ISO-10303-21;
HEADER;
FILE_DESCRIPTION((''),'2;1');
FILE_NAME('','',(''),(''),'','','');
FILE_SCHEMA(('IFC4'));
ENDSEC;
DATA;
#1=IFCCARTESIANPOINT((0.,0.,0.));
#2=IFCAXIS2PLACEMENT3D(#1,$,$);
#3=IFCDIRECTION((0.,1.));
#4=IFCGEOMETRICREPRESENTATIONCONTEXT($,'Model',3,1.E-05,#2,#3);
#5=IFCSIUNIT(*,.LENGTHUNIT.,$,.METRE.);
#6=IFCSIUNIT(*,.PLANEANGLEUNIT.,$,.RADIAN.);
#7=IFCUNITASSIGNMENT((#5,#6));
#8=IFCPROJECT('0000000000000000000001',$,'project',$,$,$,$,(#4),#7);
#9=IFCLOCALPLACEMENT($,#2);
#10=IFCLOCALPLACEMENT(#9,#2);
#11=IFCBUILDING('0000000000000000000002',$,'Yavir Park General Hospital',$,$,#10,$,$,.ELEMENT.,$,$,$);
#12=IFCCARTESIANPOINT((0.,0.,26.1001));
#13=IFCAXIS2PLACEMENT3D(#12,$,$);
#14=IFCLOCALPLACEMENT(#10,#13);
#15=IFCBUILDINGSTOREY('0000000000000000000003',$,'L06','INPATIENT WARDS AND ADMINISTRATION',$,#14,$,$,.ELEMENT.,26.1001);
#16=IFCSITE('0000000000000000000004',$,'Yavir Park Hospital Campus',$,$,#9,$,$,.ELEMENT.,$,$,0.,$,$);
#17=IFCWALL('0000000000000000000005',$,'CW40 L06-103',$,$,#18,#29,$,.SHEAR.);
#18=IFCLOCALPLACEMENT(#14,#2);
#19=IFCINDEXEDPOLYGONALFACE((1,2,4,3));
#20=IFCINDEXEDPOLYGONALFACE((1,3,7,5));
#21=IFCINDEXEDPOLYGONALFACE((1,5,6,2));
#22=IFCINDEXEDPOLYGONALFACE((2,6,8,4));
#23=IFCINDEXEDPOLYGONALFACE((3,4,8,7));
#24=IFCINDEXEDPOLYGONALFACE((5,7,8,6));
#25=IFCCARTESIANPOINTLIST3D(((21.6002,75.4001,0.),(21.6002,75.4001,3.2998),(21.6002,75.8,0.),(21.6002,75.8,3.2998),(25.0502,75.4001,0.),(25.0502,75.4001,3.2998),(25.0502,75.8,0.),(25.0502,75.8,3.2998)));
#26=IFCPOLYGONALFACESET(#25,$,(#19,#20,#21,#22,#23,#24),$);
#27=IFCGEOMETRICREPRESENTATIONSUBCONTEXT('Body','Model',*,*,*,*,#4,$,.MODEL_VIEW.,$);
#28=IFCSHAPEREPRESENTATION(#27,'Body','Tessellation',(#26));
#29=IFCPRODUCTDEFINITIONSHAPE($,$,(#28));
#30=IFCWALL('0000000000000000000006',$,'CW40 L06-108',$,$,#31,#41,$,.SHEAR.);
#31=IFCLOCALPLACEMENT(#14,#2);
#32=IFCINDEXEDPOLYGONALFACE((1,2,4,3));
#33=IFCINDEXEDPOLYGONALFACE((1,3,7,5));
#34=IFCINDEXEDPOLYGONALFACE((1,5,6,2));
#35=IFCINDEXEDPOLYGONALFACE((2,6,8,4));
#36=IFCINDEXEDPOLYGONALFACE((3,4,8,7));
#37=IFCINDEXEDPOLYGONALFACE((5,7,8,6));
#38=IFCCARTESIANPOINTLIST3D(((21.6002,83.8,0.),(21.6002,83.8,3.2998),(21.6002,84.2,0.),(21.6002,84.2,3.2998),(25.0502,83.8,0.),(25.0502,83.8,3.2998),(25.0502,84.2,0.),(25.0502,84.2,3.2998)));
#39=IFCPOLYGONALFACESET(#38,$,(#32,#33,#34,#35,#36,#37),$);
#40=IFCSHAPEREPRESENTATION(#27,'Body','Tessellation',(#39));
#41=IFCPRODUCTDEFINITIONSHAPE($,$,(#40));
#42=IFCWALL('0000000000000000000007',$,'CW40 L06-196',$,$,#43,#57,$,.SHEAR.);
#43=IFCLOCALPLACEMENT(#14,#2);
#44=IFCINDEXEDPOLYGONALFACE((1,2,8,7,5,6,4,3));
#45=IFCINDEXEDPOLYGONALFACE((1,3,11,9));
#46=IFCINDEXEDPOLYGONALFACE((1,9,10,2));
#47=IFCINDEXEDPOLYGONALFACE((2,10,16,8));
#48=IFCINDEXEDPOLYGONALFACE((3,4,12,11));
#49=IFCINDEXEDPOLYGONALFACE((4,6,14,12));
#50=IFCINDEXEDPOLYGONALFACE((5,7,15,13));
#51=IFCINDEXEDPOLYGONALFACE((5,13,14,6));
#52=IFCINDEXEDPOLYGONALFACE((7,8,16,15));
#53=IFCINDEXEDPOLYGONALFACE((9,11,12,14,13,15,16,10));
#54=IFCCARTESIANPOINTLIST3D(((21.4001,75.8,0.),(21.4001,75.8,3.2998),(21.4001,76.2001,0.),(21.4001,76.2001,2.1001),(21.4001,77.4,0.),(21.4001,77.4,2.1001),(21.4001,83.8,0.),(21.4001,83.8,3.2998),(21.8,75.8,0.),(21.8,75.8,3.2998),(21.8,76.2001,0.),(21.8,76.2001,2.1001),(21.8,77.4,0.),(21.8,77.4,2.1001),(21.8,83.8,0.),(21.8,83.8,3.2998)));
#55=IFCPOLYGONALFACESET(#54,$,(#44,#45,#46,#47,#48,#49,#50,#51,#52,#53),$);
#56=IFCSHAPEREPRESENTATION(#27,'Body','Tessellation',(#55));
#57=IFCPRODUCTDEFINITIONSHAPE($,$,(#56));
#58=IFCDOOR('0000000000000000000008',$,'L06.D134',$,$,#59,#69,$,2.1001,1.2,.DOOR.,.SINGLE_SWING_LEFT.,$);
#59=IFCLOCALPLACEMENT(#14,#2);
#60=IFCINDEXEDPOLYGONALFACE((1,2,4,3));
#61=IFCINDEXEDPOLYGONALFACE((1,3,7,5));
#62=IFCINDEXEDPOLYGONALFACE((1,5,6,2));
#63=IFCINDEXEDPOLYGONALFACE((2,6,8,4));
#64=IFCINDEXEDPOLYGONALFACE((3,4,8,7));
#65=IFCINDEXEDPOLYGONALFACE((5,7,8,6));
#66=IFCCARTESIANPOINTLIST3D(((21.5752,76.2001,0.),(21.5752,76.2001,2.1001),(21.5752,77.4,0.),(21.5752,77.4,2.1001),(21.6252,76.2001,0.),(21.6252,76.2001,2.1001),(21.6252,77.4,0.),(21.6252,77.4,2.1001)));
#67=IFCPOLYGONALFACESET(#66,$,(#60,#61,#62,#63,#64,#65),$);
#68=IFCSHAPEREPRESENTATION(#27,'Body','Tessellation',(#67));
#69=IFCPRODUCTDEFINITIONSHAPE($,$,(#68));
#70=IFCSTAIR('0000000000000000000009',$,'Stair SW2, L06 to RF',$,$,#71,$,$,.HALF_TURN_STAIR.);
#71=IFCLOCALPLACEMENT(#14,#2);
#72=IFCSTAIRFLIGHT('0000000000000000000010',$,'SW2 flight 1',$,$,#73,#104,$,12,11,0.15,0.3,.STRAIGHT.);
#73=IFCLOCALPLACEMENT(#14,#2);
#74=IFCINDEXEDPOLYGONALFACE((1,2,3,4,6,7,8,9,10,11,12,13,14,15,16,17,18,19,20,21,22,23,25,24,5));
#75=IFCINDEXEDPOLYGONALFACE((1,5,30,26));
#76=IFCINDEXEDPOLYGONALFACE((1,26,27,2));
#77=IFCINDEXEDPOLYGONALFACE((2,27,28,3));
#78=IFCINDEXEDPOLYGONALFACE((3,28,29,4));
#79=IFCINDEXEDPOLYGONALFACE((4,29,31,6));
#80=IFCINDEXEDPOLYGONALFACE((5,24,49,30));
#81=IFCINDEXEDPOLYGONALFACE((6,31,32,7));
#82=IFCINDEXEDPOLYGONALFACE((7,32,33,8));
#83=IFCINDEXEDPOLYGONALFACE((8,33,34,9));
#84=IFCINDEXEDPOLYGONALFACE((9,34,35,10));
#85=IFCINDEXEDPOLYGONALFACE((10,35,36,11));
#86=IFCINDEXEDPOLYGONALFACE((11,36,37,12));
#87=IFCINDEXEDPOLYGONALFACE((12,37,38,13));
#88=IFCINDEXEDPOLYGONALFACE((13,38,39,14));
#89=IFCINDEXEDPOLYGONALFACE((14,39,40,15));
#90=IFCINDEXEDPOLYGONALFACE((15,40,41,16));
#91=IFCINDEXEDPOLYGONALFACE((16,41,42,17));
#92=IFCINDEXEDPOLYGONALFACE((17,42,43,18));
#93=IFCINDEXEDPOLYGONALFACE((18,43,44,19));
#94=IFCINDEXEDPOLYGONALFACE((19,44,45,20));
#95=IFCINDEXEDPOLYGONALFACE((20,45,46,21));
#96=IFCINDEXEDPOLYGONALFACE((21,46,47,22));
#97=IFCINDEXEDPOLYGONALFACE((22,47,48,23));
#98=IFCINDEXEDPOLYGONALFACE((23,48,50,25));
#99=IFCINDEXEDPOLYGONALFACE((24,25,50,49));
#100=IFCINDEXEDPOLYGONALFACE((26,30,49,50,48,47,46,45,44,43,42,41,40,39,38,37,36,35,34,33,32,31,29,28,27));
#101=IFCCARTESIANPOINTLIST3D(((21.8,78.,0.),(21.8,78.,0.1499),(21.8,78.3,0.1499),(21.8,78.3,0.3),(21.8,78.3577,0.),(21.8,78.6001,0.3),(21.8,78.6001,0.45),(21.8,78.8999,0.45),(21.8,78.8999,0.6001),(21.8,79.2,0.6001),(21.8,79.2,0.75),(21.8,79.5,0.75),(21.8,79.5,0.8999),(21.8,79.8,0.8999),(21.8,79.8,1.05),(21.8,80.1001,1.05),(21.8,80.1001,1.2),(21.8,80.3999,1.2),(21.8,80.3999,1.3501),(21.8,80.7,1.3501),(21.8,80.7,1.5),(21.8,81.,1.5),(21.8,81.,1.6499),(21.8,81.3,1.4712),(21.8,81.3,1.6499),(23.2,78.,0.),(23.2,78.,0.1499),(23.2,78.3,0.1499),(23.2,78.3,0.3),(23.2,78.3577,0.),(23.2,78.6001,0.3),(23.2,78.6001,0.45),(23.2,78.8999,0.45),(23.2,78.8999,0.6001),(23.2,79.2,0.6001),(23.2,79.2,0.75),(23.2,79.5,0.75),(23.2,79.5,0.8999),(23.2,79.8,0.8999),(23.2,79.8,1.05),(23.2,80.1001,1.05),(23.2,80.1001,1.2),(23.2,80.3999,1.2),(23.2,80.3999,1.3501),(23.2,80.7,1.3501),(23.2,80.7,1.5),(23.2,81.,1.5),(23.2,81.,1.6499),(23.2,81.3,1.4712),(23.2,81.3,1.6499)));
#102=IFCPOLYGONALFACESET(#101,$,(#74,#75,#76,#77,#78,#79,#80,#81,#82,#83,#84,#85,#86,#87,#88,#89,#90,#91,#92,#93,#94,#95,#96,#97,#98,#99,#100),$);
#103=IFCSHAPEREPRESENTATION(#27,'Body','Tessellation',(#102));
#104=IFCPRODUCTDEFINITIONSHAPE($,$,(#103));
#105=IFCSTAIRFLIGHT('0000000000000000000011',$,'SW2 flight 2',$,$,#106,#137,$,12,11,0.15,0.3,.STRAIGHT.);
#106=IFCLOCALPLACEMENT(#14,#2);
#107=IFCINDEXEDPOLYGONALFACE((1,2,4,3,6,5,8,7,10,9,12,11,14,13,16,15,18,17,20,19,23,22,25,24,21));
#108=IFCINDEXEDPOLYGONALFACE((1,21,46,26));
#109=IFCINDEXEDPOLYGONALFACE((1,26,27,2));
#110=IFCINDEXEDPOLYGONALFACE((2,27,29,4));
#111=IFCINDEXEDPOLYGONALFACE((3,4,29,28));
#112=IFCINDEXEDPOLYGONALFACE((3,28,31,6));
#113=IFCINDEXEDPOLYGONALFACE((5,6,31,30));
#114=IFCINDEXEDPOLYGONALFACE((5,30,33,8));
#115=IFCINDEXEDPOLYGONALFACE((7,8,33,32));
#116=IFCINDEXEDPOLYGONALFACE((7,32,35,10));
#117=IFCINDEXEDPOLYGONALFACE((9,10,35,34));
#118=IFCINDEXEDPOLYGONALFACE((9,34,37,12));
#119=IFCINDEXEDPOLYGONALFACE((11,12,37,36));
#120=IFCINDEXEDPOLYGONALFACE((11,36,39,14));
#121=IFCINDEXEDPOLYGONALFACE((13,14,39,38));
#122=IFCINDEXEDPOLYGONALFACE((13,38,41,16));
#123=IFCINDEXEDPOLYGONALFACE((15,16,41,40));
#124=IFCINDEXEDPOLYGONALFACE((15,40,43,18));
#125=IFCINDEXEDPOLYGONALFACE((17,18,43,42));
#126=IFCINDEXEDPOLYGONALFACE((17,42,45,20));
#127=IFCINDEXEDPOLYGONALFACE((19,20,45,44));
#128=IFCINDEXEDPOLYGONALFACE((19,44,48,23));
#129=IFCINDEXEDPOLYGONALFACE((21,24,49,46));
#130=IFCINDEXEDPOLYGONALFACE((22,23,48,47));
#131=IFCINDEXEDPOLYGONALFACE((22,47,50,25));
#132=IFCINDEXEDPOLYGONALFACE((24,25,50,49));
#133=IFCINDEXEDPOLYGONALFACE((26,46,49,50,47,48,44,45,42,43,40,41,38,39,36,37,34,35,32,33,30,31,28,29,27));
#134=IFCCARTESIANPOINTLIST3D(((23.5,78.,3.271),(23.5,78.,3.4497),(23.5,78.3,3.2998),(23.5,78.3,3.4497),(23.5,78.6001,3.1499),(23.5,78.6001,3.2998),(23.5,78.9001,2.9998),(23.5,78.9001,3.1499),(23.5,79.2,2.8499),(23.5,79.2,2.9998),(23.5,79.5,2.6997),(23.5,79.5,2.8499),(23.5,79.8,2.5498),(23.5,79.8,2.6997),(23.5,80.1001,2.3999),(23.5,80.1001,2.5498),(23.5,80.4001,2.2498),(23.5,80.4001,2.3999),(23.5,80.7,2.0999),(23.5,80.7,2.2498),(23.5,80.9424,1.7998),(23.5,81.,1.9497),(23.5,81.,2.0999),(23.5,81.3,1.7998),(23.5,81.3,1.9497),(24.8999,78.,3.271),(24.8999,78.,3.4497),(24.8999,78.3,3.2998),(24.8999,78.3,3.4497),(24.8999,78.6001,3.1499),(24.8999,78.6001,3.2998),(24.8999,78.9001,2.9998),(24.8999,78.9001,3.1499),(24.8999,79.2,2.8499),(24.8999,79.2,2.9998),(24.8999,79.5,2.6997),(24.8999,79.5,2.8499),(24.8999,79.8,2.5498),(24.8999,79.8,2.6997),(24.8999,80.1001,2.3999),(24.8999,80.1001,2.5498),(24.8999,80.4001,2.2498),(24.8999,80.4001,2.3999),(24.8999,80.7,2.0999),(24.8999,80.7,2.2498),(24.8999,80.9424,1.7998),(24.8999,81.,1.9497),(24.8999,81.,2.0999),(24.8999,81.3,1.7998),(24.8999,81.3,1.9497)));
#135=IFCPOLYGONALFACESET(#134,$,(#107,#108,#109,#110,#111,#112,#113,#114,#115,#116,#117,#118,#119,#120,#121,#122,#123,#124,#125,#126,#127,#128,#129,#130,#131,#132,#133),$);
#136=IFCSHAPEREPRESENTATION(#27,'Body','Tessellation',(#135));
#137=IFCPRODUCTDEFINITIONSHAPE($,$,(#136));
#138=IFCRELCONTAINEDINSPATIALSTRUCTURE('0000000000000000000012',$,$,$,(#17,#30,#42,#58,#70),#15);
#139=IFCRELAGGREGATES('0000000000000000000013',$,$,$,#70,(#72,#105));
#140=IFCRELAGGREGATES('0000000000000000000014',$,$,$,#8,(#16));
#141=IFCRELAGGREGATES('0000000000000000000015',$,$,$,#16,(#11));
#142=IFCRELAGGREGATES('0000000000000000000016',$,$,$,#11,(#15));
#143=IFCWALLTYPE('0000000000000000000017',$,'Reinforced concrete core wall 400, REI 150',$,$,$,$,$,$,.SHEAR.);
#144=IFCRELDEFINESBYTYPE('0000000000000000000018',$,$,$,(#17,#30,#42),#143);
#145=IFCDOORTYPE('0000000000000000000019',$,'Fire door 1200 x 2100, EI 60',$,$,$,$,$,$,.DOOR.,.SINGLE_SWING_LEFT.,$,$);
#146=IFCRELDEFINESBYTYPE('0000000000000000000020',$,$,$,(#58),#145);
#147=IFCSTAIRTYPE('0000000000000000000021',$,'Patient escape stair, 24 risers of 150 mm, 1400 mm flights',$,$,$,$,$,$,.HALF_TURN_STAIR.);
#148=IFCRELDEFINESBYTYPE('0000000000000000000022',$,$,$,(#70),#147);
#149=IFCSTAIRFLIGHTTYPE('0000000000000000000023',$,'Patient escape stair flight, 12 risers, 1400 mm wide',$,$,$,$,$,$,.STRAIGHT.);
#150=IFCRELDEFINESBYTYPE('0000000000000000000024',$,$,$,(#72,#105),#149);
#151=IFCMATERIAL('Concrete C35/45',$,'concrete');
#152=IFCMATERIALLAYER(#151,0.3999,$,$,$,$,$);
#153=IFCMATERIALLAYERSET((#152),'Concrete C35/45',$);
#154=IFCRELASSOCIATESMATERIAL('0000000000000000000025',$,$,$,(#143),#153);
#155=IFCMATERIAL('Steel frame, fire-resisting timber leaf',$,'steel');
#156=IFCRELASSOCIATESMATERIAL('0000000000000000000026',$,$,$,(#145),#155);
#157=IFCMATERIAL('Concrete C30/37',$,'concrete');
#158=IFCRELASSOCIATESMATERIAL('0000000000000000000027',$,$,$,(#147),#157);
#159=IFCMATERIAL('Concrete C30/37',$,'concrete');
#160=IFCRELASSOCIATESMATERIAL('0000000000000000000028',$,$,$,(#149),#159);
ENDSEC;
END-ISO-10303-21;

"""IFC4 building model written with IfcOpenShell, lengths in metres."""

from ifc_helpers import new_model, si_unit, direction, frame, frame_2d, origin, place, context, subcontext, project, spatial, polyline, rectangle, outline, extrude, material, layer, layer_set, type_object, element, fill, aggregate, save


model = new_model("IFC4")

# Units and contexts
model_context = context("Model", 3, precision=1e-05, world=origin(), true_north=direction((0.0, 1.0)))
body_context = subcontext(model_context, "Body", "Model", "MODEL_VIEW")
ifc_project = project(units=[si_unit("LENGTHUNIT", "METRE"), si_unit("PLANEANGLEUNIT", "RADIAN")], contexts=[model_context])

# Site, building, storey
site_placement = place(None, origin())
site = spatial("IfcSite", under=ifc_project, at=site_placement, Name="Yavir Park Hospital Campus", CompositionType="ELEMENT", RefElevation=0.0)
building_placement = place(site_placement, origin())
building = spatial("IfcBuilding", under=site, at=building_placement, Name="Yavir Park General Hospital", CompositionType="ELEMENT")
storey_placement = place(building_placement, frame((0.0, 0.0, 26.1001)))
storey = spatial("IfcBuildingStorey", under=building, at=storey_placement, Name="L06", Description="INPATIENT WARDS AND ADMINISTRATION", CompositionType="ELEMENT", Elevation=26.1001)

# Walls
ifc_material_1 = material(Name="Concrete C35/45", Category="concrete")
ifc_layer_1 = layer(ifc_material_1, 0.3999)
ifc_layer_set_1 = layer_set([ifc_layer_1], Name="Concrete C35/45")
wall_type_1 = type_object("IfcWallType", Name="Reinforced concrete core wall 400, REI 150", PredefinedType="SHEAR", material=ifc_layer_set_1)
for number, where, z_axis, x_axis, name in (
    (1, (21.6001, 75.6001, 0.0), (0.0, 0.0, 1.0), (1.0, 0.0, 0.0), "CW40 L06-103"),
    (2, (21.6001, 84.0, 0.0), (0.0, 0.0, 1.0), (1.0, 0.0, 0.0), "CW40 L06-108"),
):
    element("IfcWall", number, at=place(storey_placement, frame(where, z_axis=z_axis, x_axis=x_axis)), inside=storey, type_object=wall_type_1, Name=name, PredefinedType="SHEAR", context=body_context, shape_type="SweptSolid", body=[
        extrude(rectangle(XDim=3.45, YDim=0.3999, at=frame_2d((1.7251, 0.0))), origin(), (0.0, 0.0, 1.0), 3.2998),
    ])

# Wall, opening, door
wall_1_placement = place(storey_placement, frame((21.6001, 75.8, 0.0), z_axis=(0.0, 0.0, 1.0), x_axis=(0.0, 1.0, 0.0)))
wall_1 = element("IfcWall", 3, at=wall_1_placement, inside=storey, type_object=wall_type_1, Name="CW40 L06-196", PredefinedType="SHEAR", context=body_context, shape_type="SweptSolid", body=[
    extrude(rectangle(XDim=8.0, YDim=0.3999, at=frame_2d((4.0, 0.0))), origin(), (0.0, 0.0, 1.0), 3.2998),
])
opening_1_placement = place(wall_1_placement, frame((0.3999, 0.0, 0.0)))
opening_1 = element("IfcOpeningElement", 4, at=opening_1_placement, cuts=wall_1, PredefinedType="OPENING", context=body_context, shape_type="SweptSolid", body=[
    extrude(rectangle(XDim=1.2, YDim=2.1001, at=frame_2d((0.6001, 1.05))), frame((0.0, 0.21, 0.0), z_axis=(0.0, -1.0, 0.0), x_axis=(1.0, 0.0, 0.0)), (0.0, 0.0, 1.0), 0.4199),
])
ifc_material_2 = material(Name="Steel frame, fire-resisting timber leaf", Category="steel")
door_type_1 = type_object("IfcDoorType", Name="Fire door 1200 x 2100, EI 60", OperationType="SINGLE_SWING_LEFT", PredefinedType="DOOR", material=ifc_material_2)
door_1_placement = place(opening_1_placement, origin())
door_1 = element("IfcDoor", 5, at=door_1_placement, inside=storey, type_object=door_type_1, Name="L06.D134", OperationType="SINGLE_SWING_LEFT", OverallHeight=2.1001, OverallWidth=1.2, PredefinedType="DOOR", context=body_context, shape_type="SweptSolid", body=[
    extrude(rectangle(XDim=1.2, YDim=2.1001, at=frame_2d((0.6001, 1.05))), frame((0.0, 0.0249, 0.0), z_axis=(0.0, -1.0, 0.0), x_axis=(1.0, 0.0, 0.0)), (0.0, 0.0, 1.0), 0.05),
])
fill(opening_1, door_1)

# Stair, stair flights
ifc_material_3 = material(Name="Concrete C30/37", Category="concrete")
stair_type = type_object("IfcStairType", Name="Patient escape stair, 24 risers of 150 mm, 1400 mm flights", PredefinedType="HALF_TURN_STAIR", material=ifc_material_3)
stair_placement = place(storey_placement, origin())
stair = element("IfcStair", 6, at=stair_placement, inside=storey, type_object=stair_type, Name="Stair SW2, L06 to RF", PredefinedType="HALF_TURN_STAIR")
ifc_material_4 = material(Name="Concrete C30/37", Category="concrete")
stair_flight_type = type_object("IfcStairFlightType", Name="Patient escape stair flight, 12 risers, 1400 mm wide", PredefinedType="STRAIGHT", material=ifc_material_4)
stair_flight_1_placement = place(storey_placement, frame((22.5, 78.0, 0.0), z_axis=(0.0, 0.0, 1.0), x_axis=(0.0, 1.0, 0.0)))
stair_flight_1 = element("IfcStairFlight", 7, at=stair_flight_1_placement, type_object=stair_flight_type, Name="SW2 flight 1", NumberOfRisers=12, NumberOfTreads=11, PredefinedType="STRAIGHT", RiserHeight=0.15, TreadLength=0.3, context=body_context, shape_type="SweptSolid", body=[
    extrude(outline(polyline([(0.0, 0.0), (0.0, 0.1499), (0.3, 0.1499), (0.3, 0.3), (0.6001, 0.3), (0.6001, 0.45), (0.8999, 0.45), (0.8999, 0.6001), (1.2, 0.6001), (1.2, 0.75), (1.5, 0.75), (1.5, 0.8999), (1.8, 0.8999), (1.8, 1.05), (2.1001, 1.05), (2.1001, 1.2), (2.3999, 1.2), (2.3999, 1.3501), (2.7, 1.3501), (2.7, 1.5), (3.0, 1.5), (3.0, 1.6499), (3.3, 1.6499), (3.3, 1.8), (3.3, 1.4712), (0.3577, 0.0), (0.0, 0.0)])), frame((0.0, 0.7, 0.0), z_axis=(0.0, -1.0, 0.0), x_axis=(1.0, 0.0, 0.0)), (0.0, 0.0, 1.0), 1.3999),
])
stair_flight_2_placement = place(storey_placement, frame((24.2, 81.3, 1.7998), z_axis=(0.0, 0.0, 1.0), x_axis=(0.0, -1.0, 0.0)))
stair_flight_2 = element("IfcStairFlight", 8, at=stair_flight_2_placement, type_object=stair_flight_type, Name="SW2 flight 2", NumberOfRisers=12, NumberOfTreads=11, PredefinedType="STRAIGHT", RiserHeight=0.15, TreadLength=0.3, context=body_context, shape_type="SweptSolid", body=[
    extrude(outline(polyline([(0.0, 0.0), (0.0, 0.1499), (0.3, 0.1499), (0.3, 0.3), (0.6001, 0.3), (0.6001, 0.45), (0.8999, 0.45), (0.8999, 0.6001), (1.2, 0.6001), (1.2, 0.75), (1.5, 0.75), (1.5, 0.8999), (1.8, 0.8999), (1.8, 1.05), (2.1001, 1.05), (2.1001, 1.2), (2.3999, 1.2), (2.3999, 1.3501), (2.7, 1.3501), (2.7, 1.5), (3.0, 1.5), (3.0, 1.6499), (3.3, 1.6499), (3.3, 1.8), (3.3, 1.4712), (0.3577, 0.0), (0.0, 0.0)])), frame((0.0, 0.7, 0.0), z_axis=(0.0, -1.0, 0.0), x_axis=(1.0, 0.0, 0.0)), (0.0, 0.0, 1.0), 1.3999),
])
aggregate(stair, [stair_flight_1, stair_flight_2])

save(model, "model.ifc")
